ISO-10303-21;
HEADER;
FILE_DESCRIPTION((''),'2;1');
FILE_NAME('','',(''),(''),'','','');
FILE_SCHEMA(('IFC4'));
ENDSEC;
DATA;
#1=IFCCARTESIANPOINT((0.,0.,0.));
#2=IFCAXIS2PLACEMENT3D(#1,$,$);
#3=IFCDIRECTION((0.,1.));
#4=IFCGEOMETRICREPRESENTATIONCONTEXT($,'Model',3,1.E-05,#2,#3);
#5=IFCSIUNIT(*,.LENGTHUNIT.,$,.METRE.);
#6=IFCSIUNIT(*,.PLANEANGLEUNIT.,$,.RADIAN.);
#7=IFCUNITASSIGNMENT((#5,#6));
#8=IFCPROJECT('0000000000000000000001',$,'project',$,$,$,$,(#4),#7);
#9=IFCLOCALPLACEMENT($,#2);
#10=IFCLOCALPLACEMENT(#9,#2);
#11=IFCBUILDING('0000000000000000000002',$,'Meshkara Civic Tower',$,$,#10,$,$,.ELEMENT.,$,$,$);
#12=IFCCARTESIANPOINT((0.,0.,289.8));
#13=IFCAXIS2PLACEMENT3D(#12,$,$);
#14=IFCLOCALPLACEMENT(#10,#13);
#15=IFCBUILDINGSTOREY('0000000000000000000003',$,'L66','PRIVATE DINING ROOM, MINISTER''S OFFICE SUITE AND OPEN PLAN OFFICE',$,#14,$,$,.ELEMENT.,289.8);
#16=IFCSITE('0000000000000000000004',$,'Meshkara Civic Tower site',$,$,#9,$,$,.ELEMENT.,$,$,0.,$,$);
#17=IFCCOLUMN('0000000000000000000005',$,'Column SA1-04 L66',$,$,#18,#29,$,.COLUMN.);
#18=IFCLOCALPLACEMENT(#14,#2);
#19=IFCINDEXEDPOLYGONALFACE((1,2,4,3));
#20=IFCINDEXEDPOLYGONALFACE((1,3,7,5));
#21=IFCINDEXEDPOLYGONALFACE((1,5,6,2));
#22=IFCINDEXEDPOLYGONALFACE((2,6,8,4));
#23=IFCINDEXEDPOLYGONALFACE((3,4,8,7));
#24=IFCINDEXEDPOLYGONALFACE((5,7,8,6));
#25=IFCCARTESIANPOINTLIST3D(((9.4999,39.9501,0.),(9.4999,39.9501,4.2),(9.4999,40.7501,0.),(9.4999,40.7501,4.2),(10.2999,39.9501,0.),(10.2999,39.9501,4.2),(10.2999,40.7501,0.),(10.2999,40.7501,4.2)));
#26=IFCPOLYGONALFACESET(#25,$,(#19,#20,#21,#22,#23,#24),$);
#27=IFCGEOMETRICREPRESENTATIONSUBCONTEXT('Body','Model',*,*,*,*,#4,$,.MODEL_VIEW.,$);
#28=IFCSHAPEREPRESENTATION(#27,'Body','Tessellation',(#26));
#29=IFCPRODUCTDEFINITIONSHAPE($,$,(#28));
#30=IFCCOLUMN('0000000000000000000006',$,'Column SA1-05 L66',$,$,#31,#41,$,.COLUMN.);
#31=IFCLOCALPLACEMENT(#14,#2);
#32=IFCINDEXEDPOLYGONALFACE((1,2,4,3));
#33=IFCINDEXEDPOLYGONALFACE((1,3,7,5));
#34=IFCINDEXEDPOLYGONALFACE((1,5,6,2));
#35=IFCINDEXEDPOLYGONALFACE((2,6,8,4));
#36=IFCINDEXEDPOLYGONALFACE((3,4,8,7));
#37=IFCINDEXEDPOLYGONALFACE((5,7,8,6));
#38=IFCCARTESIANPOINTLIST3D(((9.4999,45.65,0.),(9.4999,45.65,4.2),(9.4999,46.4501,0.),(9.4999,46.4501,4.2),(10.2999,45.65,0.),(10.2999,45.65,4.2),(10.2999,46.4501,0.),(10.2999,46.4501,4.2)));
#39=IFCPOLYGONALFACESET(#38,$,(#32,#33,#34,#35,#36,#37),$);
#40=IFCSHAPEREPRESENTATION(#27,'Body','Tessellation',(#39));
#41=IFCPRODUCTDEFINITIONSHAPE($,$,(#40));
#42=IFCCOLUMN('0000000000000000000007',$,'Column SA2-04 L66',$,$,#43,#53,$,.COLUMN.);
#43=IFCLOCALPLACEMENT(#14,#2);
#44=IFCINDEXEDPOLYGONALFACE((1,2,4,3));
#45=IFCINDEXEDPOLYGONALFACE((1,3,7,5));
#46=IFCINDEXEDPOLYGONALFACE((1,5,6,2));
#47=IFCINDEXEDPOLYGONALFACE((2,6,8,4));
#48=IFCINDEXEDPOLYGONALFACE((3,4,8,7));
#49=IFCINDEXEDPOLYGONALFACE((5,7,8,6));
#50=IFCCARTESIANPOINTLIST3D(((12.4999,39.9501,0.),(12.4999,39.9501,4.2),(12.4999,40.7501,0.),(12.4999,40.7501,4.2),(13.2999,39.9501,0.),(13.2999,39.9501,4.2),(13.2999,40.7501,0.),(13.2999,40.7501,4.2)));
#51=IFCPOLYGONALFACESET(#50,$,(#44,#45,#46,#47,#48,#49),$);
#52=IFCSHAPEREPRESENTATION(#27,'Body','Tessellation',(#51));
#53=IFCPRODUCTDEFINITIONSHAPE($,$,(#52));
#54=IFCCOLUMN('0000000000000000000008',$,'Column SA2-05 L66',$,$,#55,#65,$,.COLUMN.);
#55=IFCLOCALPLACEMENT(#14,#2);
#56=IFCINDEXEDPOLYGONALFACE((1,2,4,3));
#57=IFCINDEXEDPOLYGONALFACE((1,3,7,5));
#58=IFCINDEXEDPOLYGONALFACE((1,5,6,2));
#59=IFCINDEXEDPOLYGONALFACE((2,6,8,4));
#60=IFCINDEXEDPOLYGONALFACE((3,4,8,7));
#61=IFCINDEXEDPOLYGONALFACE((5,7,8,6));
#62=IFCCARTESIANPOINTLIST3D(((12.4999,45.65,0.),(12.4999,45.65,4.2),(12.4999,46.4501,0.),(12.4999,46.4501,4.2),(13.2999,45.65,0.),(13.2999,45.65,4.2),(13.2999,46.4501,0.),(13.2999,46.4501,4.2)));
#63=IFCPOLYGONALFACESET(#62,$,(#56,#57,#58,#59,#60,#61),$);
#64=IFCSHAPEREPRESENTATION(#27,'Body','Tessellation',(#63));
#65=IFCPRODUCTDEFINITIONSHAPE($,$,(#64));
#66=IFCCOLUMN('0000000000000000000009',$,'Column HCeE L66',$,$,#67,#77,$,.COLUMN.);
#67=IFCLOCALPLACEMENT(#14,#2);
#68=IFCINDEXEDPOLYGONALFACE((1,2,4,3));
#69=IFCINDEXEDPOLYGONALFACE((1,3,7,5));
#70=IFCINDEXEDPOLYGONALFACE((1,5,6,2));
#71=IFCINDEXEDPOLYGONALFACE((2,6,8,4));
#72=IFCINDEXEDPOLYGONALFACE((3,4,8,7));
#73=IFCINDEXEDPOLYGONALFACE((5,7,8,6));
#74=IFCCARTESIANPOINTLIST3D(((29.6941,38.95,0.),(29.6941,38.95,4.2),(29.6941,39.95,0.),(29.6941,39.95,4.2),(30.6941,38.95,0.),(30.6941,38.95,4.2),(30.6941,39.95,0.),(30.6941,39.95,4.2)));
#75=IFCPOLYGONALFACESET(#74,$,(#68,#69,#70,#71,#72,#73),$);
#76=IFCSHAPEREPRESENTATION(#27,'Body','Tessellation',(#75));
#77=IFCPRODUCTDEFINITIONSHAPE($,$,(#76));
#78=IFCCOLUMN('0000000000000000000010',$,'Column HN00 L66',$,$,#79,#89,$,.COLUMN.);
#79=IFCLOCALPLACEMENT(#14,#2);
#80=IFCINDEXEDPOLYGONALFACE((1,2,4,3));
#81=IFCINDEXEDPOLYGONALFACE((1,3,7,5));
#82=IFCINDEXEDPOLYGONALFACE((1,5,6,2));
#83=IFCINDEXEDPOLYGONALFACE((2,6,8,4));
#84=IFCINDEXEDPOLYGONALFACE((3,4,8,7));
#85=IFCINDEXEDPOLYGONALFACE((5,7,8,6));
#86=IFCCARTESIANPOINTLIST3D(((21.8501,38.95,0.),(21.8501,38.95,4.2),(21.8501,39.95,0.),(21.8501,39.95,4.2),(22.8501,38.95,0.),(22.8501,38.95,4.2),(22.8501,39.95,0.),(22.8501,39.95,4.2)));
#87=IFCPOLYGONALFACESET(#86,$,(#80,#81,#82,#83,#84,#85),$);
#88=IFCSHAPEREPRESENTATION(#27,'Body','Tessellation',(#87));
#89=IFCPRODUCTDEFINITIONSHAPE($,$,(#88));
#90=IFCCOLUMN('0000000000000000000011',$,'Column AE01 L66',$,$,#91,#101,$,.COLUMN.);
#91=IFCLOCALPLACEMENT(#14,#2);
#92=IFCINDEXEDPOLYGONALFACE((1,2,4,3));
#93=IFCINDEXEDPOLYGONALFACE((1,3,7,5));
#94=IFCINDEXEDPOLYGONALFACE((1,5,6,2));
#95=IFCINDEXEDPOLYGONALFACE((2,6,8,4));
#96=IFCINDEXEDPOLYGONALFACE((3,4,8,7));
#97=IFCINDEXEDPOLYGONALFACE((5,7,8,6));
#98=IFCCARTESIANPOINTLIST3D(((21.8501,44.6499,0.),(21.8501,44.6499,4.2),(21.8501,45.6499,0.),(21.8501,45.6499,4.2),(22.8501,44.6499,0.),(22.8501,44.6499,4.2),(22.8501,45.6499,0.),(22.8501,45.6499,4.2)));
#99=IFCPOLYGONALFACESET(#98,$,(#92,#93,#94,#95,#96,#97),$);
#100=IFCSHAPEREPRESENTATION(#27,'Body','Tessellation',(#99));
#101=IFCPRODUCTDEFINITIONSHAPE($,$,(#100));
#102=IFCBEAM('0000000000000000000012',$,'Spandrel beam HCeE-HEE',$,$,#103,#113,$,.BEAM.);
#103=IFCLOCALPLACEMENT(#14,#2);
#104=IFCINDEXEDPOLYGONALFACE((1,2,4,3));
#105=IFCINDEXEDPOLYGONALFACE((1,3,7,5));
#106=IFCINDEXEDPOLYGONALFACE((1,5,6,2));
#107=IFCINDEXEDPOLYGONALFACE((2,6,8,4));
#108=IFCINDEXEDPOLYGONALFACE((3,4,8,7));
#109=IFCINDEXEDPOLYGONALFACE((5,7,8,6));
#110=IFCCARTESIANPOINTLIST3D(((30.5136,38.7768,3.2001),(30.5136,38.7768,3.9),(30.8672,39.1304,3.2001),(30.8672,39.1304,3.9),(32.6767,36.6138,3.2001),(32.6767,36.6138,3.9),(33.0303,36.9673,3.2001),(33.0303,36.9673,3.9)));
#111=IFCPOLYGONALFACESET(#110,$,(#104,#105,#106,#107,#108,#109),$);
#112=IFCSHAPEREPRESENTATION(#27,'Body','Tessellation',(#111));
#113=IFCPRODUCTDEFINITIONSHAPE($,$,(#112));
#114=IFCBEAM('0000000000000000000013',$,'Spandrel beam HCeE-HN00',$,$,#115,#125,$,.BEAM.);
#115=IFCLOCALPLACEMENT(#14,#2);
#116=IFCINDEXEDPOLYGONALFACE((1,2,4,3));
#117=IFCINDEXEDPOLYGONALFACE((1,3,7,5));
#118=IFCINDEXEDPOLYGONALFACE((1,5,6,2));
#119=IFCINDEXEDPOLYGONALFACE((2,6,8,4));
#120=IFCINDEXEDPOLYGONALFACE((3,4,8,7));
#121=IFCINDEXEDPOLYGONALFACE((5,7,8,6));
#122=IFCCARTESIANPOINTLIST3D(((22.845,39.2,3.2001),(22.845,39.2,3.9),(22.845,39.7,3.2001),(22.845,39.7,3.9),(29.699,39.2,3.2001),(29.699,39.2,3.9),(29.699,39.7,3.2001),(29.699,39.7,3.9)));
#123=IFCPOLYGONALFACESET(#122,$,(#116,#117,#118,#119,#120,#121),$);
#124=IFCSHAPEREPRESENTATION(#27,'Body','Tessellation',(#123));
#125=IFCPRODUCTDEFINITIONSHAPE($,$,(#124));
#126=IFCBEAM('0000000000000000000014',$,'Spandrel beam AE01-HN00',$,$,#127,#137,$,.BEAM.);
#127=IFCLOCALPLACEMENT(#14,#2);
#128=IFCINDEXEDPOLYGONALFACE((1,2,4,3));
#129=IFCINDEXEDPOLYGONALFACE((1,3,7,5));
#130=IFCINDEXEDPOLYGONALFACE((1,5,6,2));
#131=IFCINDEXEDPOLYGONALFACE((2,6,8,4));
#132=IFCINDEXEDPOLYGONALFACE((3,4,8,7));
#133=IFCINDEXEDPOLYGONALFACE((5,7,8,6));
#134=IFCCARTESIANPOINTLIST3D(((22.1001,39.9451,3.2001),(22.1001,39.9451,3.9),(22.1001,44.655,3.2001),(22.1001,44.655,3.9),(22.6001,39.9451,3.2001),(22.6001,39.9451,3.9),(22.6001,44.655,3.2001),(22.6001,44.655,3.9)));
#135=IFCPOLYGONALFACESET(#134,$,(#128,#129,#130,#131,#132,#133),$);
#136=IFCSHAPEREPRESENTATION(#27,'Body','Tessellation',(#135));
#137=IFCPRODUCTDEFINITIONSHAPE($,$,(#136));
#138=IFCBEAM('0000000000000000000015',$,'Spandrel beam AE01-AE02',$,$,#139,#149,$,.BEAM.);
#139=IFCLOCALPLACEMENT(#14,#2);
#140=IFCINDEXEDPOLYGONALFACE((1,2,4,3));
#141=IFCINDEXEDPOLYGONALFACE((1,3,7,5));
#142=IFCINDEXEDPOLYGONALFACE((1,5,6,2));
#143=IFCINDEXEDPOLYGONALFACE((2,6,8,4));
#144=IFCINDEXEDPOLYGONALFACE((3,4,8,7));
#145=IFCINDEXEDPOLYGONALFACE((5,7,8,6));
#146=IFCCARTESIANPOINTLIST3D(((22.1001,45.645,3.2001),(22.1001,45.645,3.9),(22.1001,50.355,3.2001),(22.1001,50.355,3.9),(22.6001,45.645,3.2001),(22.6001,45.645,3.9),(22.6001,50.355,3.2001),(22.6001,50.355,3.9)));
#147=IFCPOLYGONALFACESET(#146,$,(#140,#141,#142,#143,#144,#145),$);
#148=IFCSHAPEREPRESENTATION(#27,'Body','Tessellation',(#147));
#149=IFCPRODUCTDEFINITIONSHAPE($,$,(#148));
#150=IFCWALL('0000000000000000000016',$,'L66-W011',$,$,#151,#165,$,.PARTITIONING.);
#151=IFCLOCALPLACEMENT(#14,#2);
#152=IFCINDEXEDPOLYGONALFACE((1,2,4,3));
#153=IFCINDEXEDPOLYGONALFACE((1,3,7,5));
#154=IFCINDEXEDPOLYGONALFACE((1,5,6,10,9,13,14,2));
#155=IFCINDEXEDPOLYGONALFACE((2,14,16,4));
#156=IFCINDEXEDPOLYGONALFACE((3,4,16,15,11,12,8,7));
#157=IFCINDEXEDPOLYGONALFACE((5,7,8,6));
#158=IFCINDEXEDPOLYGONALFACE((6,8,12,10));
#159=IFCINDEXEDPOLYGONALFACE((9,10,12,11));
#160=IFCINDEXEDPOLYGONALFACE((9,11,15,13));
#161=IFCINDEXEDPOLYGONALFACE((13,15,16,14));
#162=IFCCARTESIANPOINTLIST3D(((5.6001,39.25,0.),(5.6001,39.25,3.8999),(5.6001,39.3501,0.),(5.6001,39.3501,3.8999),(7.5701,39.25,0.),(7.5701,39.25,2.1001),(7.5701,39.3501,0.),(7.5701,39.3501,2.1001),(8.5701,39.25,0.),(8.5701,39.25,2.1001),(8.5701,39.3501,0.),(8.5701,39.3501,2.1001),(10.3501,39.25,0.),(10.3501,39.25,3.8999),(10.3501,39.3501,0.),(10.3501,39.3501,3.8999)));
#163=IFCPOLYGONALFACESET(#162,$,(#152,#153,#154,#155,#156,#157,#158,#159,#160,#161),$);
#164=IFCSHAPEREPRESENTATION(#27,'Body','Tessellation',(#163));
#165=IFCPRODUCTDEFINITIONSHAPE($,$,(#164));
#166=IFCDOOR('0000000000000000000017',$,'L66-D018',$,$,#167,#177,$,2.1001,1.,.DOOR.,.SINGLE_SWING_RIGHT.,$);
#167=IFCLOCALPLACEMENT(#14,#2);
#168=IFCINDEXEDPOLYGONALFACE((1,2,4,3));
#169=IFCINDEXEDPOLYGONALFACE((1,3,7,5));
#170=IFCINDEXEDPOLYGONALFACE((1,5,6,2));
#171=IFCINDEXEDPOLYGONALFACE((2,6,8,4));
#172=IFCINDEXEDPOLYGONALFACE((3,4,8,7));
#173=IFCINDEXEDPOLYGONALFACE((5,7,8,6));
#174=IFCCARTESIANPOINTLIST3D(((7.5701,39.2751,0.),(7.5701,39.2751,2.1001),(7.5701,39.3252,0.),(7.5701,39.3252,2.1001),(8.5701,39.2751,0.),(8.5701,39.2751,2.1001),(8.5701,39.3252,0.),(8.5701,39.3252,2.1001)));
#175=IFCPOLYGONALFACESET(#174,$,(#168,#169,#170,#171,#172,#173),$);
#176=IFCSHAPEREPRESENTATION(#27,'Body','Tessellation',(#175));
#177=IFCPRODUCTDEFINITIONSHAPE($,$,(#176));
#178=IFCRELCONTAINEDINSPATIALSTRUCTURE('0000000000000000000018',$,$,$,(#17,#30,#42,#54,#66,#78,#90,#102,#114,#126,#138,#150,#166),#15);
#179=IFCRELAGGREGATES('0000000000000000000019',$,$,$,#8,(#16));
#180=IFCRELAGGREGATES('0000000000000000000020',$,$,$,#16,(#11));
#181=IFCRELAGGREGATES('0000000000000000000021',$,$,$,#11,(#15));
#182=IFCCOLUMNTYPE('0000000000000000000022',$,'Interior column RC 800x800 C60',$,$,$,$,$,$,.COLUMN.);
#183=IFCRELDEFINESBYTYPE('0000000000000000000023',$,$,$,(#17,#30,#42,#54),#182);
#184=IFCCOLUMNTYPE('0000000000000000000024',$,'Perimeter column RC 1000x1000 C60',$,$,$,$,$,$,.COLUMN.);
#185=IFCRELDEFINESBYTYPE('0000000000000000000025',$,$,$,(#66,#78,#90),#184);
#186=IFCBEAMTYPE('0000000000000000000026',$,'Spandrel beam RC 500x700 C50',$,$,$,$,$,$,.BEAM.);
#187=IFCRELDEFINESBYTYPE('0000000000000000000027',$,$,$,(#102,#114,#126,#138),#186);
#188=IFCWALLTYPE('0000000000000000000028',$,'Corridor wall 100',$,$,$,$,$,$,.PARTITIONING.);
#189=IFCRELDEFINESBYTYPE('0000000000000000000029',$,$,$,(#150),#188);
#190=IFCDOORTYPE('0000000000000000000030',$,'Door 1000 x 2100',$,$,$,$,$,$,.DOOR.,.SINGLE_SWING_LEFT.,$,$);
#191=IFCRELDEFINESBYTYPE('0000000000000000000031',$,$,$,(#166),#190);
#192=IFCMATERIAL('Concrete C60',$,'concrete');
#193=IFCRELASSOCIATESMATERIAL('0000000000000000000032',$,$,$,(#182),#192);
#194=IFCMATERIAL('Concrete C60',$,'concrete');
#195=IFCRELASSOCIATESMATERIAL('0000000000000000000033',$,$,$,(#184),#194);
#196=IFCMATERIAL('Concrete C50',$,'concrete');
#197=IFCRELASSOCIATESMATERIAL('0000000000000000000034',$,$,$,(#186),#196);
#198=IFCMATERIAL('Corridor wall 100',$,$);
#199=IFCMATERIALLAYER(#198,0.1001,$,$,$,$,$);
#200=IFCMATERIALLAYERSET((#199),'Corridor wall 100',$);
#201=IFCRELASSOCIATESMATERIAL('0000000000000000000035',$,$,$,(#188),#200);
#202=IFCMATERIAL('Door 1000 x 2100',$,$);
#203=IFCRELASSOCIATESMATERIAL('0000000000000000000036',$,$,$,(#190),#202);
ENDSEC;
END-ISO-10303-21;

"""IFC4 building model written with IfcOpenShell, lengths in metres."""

from ifc_helpers import new_model, si_unit, direction, frame, frame_2d, origin, origin_2d, place, context, subcontext, project, spatial, rectangle, extrude, material, layer, layer_set, material_profile, profile_set, type_object, element, fill, save


model = new_model("IFC4")

# Units and contexts
model_context = context("Model", 3, precision=1e-05, world=origin(), true_north=direction((0.0, 1.0)))
body_context = subcontext(model_context, "Body", "Model", "MODEL_VIEW")
ifc_project = project(units=[si_unit("LENGTHUNIT", "METRE"), si_unit("PLANEANGLEUNIT", "RADIAN")], contexts=[model_context])

# Site, building, storey
site_placement = place(None, origin())
site = spatial("IfcSite", under=ifc_project, at=site_placement, Name="Meshkara Civic Tower site", CompositionType="ELEMENT", RefElevation=0.0)
building_placement = place(site_placement, origin())
building = spatial("IfcBuilding", under=site, at=building_placement, Name="Meshkara Civic Tower", CompositionType="ELEMENT")
storey_placement = place(building_placement, frame((0.0, 0.0, 289.8)))
storey = spatial("IfcBuildingStorey", under=building, at=storey_placement, Name="L66", Description="PRIVATE DINING ROOM, MINISTER'S OFFICE SUITE AND OPEN PLAN OFFICE", CompositionType="ELEMENT", Elevation=289.8)

# Columns
ifc_material_1 = material(Name="Concrete C60", Category="concrete")
ifc_material_profile_1 = material_profile(ifc_material_1, rectangle(XDim=0.8, YDim=0.8, at=origin_2d()))
ifc_profile_set_1 = profile_set([ifc_material_profile_1], Name="Concrete C60")
column_type_1 = type_object("IfcColumnType", Name="Interior column RC 800x800 C60", PredefinedType="COLUMN", material=ifc_profile_set_1)
for number, where, z_axis, x_axis, name in (
    (1, (9.8999, 40.3501, 0.0), (0.0, 0.0, 1.0), (1.0, 0.0, 0.0), "Column SA1-04 L66"),
    (2, (9.8999, 46.05, 0.0), (0.0, 0.0, 1.0), (1.0, 0.0, 0.0), "Column SA1-05 L66"),
    (3, (12.8999, 40.3501, 0.0), (0.0, 0.0, 1.0), (1.0, 0.0, 0.0), "Column SA2-04 L66"),
    (4, (12.8999, 46.05, 0.0), (0.0, 0.0, 1.0), (1.0, 0.0, 0.0), "Column SA2-05 L66"),
):
    element("IfcColumn", number, at=place(storey_placement, frame(where, z_axis=z_axis, x_axis=x_axis)), inside=storey, type_object=column_type_1, Name=name, PredefinedType="COLUMN", context=body_context, shape_type="SweptSolid", body=[
        extrude(rectangle(XDim=0.8, YDim=0.8, at=origin_2d()), origin(), (0.0, 0.0, 1.0), 4.2),
    ])
ifc_material_2 = material(Name="Concrete C60", Category="concrete")
ifc_material_profile_2 = material_profile(ifc_material_2, rectangle(XDim=1.0, YDim=1.0, at=origin_2d()))
ifc_profile_set_2 = profile_set([ifc_material_profile_2], Name="Concrete C60")
column_type_2 = type_object("IfcColumnType", Name="Perimeter column RC 1000x1000 C60", PredefinedType="COLUMN", material=ifc_profile_set_2)
for number, where, z_axis, x_axis, name in (
    (5, (30.1941, 39.45, 0.0), (0.0, 0.0, 1.0), (1.0, 0.0, 0.0), "Column HCeE L66"),
    (6, (22.3501, 39.45, 0.0), (0.0, 0.0, 1.0), (1.0, 0.0, 0.0), "Column HN00 L66"),
    (7, (22.3501, 45.1499, 0.0), (0.0, 0.0, 1.0), (1.0, 0.0, 0.0), "Column AE01 L66"),
):
    element("IfcColumn", number, at=place(storey_placement, frame(where, z_axis=z_axis, x_axis=x_axis)), inside=storey, type_object=column_type_2, Name=name, PredefinedType="COLUMN", context=body_context, shape_type="SweptSolid", body=[
        extrude(rectangle(XDim=1.0, YDim=1.0, at=origin_2d()), origin(), (0.0, 0.0, 1.0), 4.2),
    ])

# Beams
ifc_material_3 = material(Name="Concrete C50", Category="concrete")
ifc_material_profile_3 = material_profile(ifc_material_3, rectangle(XDim=0.5, YDim=0.7, at=origin_2d()))
ifc_profile_set_3 = profile_set([ifc_material_profile_3], Name="Concrete C50")
beam_type = type_object("IfcBeamType", Name="Spandrel beam RC 500x700 C50", PredefinedType="BEAM", material=ifc_profile_set_3)
beam_1_placement = place(storey_placement, frame((32.8535, 36.7905, 3.55), z_axis=(-0.707107, 0.707107, 0.0), x_axis=(-0.707107, -0.707107, 0.0)))
element("IfcBeam", 8, at=beam_1_placement, inside=storey, type_object=beam_type, Name="Spandrel beam HCeE-HEE", PredefinedType="BEAM", context=body_context, shape_type="SweptSolid", body=[
    extrude(rectangle(XDim=0.5, YDim=0.7, at=origin_2d()), origin(), (0.0, 0.0, 1.0), 3.0591),
])
beam_2_placement = place(storey_placement, frame((29.699, 39.45, 3.55), z_axis=(-1.0, 0.0, 0.0), x_axis=(0.0, -1.0, 0.0)))
element("IfcBeam", 9, at=beam_2_placement, inside=storey, type_object=beam_type, Name="Spandrel beam HCeE-HN00", PredefinedType="BEAM", context=body_context, shape_type="SweptSolid", body=[
    extrude(rectangle(XDim=0.5, YDim=0.7, at=origin_2d()), origin(), (0.0, 0.0, 1.0), 6.854),
])
for number, where, z_axis, x_axis, name in (
    (10, (22.3501, 39.9451, 3.55), (0.0, 1.0, 0.0), (-1.0, 0.0, 0.0), "Spandrel beam AE01-HN00"),
    (11, (22.3501, 45.645, 3.55), (0.0, 1.0, 0.0), (-1.0, 0.0, 0.0), "Spandrel beam AE01-AE02"),
):
    element("IfcBeam", number, at=place(storey_placement, frame(where, z_axis=z_axis, x_axis=x_axis)), inside=storey, type_object=beam_type, Name=name, PredefinedType="BEAM", context=body_context, shape_type="SweptSolid", body=[
        extrude(rectangle(XDim=0.5, YDim=0.7, at=origin_2d()), origin(), (0.0, 0.0, 1.0), 4.71),
    ])

# Wall, opening, door
ifc_material_4 = material(Name="Corridor wall 100")
ifc_layer_1 = layer(ifc_material_4, 0.1001)
ifc_layer_set_1 = layer_set([ifc_layer_1], Name="Corridor wall 100")
wall_type_1 = type_object("IfcWallType", Name="Corridor wall 100", PredefinedType="PARTITIONING", material=ifc_layer_set_1)
wall_1_placement = place(storey_placement, frame((10.3501, 39.3, 0.0), z_axis=(0.0, 0.0, 1.0), x_axis=(-1.0, 0.0, 0.0)))
wall_1 = element("IfcWall", 12, at=wall_1_placement, inside=storey, type_object=wall_type_1, Name="L66-W011", PredefinedType="PARTITIONING", context=body_context, shape_type="SweptSolid", body=[
    extrude(rectangle(XDim=4.75, YDim=0.1001, at=frame_2d((2.375, 0.0))), origin(), (0.0, 0.0, 1.0), 3.8999),
])
opening_1_placement = place(wall_1_placement, frame((1.78, 0.0, 0.0)))
opening_1 = element("IfcOpeningElement", 13, at=opening_1_placement, cuts=wall_1, PredefinedType="OPENING", context=body_context, shape_type="SweptSolid", body=[
    extrude(rectangle(XDim=1.0, YDim=2.1001, at=frame_2d((0.5, 1.05))), frame((0.0, 0.0601, 0.0), z_axis=(0.0, -1.0, 0.0), x_axis=(1.0, 0.0, 0.0)), (0.0, 0.0, 1.0), 0.1201),
])
ifc_material_5 = material(Name="Door 1000 x 2100")
door_type = type_object("IfcDoorType", Name="Door 1000 x 2100", OperationType="SINGLE_SWING_LEFT", PredefinedType="DOOR", material=ifc_material_5)
door_1_placement = place(opening_1_placement, origin())
door_1 = element("IfcDoor", 14, at=door_1_placement, inside=storey, type_object=door_type, Name="L66-D018", OperationType="SINGLE_SWING_RIGHT", OverallHeight=2.1001, OverallWidth=1.0, PredefinedType="DOOR", context=body_context, shape_type="SweptSolid", body=[
    extrude(rectangle(XDim=1.0, YDim=2.1001, at=frame_2d((0.5, 1.05))), frame((0.0, 0.0249, 0.0), z_axis=(0.0, -1.0, 0.0), x_axis=(1.0, 0.0, 0.0)), (0.0, 0.0, 1.0), 0.05),
])
fill(opening_1, door_1)

save(model, "model.ifc")
